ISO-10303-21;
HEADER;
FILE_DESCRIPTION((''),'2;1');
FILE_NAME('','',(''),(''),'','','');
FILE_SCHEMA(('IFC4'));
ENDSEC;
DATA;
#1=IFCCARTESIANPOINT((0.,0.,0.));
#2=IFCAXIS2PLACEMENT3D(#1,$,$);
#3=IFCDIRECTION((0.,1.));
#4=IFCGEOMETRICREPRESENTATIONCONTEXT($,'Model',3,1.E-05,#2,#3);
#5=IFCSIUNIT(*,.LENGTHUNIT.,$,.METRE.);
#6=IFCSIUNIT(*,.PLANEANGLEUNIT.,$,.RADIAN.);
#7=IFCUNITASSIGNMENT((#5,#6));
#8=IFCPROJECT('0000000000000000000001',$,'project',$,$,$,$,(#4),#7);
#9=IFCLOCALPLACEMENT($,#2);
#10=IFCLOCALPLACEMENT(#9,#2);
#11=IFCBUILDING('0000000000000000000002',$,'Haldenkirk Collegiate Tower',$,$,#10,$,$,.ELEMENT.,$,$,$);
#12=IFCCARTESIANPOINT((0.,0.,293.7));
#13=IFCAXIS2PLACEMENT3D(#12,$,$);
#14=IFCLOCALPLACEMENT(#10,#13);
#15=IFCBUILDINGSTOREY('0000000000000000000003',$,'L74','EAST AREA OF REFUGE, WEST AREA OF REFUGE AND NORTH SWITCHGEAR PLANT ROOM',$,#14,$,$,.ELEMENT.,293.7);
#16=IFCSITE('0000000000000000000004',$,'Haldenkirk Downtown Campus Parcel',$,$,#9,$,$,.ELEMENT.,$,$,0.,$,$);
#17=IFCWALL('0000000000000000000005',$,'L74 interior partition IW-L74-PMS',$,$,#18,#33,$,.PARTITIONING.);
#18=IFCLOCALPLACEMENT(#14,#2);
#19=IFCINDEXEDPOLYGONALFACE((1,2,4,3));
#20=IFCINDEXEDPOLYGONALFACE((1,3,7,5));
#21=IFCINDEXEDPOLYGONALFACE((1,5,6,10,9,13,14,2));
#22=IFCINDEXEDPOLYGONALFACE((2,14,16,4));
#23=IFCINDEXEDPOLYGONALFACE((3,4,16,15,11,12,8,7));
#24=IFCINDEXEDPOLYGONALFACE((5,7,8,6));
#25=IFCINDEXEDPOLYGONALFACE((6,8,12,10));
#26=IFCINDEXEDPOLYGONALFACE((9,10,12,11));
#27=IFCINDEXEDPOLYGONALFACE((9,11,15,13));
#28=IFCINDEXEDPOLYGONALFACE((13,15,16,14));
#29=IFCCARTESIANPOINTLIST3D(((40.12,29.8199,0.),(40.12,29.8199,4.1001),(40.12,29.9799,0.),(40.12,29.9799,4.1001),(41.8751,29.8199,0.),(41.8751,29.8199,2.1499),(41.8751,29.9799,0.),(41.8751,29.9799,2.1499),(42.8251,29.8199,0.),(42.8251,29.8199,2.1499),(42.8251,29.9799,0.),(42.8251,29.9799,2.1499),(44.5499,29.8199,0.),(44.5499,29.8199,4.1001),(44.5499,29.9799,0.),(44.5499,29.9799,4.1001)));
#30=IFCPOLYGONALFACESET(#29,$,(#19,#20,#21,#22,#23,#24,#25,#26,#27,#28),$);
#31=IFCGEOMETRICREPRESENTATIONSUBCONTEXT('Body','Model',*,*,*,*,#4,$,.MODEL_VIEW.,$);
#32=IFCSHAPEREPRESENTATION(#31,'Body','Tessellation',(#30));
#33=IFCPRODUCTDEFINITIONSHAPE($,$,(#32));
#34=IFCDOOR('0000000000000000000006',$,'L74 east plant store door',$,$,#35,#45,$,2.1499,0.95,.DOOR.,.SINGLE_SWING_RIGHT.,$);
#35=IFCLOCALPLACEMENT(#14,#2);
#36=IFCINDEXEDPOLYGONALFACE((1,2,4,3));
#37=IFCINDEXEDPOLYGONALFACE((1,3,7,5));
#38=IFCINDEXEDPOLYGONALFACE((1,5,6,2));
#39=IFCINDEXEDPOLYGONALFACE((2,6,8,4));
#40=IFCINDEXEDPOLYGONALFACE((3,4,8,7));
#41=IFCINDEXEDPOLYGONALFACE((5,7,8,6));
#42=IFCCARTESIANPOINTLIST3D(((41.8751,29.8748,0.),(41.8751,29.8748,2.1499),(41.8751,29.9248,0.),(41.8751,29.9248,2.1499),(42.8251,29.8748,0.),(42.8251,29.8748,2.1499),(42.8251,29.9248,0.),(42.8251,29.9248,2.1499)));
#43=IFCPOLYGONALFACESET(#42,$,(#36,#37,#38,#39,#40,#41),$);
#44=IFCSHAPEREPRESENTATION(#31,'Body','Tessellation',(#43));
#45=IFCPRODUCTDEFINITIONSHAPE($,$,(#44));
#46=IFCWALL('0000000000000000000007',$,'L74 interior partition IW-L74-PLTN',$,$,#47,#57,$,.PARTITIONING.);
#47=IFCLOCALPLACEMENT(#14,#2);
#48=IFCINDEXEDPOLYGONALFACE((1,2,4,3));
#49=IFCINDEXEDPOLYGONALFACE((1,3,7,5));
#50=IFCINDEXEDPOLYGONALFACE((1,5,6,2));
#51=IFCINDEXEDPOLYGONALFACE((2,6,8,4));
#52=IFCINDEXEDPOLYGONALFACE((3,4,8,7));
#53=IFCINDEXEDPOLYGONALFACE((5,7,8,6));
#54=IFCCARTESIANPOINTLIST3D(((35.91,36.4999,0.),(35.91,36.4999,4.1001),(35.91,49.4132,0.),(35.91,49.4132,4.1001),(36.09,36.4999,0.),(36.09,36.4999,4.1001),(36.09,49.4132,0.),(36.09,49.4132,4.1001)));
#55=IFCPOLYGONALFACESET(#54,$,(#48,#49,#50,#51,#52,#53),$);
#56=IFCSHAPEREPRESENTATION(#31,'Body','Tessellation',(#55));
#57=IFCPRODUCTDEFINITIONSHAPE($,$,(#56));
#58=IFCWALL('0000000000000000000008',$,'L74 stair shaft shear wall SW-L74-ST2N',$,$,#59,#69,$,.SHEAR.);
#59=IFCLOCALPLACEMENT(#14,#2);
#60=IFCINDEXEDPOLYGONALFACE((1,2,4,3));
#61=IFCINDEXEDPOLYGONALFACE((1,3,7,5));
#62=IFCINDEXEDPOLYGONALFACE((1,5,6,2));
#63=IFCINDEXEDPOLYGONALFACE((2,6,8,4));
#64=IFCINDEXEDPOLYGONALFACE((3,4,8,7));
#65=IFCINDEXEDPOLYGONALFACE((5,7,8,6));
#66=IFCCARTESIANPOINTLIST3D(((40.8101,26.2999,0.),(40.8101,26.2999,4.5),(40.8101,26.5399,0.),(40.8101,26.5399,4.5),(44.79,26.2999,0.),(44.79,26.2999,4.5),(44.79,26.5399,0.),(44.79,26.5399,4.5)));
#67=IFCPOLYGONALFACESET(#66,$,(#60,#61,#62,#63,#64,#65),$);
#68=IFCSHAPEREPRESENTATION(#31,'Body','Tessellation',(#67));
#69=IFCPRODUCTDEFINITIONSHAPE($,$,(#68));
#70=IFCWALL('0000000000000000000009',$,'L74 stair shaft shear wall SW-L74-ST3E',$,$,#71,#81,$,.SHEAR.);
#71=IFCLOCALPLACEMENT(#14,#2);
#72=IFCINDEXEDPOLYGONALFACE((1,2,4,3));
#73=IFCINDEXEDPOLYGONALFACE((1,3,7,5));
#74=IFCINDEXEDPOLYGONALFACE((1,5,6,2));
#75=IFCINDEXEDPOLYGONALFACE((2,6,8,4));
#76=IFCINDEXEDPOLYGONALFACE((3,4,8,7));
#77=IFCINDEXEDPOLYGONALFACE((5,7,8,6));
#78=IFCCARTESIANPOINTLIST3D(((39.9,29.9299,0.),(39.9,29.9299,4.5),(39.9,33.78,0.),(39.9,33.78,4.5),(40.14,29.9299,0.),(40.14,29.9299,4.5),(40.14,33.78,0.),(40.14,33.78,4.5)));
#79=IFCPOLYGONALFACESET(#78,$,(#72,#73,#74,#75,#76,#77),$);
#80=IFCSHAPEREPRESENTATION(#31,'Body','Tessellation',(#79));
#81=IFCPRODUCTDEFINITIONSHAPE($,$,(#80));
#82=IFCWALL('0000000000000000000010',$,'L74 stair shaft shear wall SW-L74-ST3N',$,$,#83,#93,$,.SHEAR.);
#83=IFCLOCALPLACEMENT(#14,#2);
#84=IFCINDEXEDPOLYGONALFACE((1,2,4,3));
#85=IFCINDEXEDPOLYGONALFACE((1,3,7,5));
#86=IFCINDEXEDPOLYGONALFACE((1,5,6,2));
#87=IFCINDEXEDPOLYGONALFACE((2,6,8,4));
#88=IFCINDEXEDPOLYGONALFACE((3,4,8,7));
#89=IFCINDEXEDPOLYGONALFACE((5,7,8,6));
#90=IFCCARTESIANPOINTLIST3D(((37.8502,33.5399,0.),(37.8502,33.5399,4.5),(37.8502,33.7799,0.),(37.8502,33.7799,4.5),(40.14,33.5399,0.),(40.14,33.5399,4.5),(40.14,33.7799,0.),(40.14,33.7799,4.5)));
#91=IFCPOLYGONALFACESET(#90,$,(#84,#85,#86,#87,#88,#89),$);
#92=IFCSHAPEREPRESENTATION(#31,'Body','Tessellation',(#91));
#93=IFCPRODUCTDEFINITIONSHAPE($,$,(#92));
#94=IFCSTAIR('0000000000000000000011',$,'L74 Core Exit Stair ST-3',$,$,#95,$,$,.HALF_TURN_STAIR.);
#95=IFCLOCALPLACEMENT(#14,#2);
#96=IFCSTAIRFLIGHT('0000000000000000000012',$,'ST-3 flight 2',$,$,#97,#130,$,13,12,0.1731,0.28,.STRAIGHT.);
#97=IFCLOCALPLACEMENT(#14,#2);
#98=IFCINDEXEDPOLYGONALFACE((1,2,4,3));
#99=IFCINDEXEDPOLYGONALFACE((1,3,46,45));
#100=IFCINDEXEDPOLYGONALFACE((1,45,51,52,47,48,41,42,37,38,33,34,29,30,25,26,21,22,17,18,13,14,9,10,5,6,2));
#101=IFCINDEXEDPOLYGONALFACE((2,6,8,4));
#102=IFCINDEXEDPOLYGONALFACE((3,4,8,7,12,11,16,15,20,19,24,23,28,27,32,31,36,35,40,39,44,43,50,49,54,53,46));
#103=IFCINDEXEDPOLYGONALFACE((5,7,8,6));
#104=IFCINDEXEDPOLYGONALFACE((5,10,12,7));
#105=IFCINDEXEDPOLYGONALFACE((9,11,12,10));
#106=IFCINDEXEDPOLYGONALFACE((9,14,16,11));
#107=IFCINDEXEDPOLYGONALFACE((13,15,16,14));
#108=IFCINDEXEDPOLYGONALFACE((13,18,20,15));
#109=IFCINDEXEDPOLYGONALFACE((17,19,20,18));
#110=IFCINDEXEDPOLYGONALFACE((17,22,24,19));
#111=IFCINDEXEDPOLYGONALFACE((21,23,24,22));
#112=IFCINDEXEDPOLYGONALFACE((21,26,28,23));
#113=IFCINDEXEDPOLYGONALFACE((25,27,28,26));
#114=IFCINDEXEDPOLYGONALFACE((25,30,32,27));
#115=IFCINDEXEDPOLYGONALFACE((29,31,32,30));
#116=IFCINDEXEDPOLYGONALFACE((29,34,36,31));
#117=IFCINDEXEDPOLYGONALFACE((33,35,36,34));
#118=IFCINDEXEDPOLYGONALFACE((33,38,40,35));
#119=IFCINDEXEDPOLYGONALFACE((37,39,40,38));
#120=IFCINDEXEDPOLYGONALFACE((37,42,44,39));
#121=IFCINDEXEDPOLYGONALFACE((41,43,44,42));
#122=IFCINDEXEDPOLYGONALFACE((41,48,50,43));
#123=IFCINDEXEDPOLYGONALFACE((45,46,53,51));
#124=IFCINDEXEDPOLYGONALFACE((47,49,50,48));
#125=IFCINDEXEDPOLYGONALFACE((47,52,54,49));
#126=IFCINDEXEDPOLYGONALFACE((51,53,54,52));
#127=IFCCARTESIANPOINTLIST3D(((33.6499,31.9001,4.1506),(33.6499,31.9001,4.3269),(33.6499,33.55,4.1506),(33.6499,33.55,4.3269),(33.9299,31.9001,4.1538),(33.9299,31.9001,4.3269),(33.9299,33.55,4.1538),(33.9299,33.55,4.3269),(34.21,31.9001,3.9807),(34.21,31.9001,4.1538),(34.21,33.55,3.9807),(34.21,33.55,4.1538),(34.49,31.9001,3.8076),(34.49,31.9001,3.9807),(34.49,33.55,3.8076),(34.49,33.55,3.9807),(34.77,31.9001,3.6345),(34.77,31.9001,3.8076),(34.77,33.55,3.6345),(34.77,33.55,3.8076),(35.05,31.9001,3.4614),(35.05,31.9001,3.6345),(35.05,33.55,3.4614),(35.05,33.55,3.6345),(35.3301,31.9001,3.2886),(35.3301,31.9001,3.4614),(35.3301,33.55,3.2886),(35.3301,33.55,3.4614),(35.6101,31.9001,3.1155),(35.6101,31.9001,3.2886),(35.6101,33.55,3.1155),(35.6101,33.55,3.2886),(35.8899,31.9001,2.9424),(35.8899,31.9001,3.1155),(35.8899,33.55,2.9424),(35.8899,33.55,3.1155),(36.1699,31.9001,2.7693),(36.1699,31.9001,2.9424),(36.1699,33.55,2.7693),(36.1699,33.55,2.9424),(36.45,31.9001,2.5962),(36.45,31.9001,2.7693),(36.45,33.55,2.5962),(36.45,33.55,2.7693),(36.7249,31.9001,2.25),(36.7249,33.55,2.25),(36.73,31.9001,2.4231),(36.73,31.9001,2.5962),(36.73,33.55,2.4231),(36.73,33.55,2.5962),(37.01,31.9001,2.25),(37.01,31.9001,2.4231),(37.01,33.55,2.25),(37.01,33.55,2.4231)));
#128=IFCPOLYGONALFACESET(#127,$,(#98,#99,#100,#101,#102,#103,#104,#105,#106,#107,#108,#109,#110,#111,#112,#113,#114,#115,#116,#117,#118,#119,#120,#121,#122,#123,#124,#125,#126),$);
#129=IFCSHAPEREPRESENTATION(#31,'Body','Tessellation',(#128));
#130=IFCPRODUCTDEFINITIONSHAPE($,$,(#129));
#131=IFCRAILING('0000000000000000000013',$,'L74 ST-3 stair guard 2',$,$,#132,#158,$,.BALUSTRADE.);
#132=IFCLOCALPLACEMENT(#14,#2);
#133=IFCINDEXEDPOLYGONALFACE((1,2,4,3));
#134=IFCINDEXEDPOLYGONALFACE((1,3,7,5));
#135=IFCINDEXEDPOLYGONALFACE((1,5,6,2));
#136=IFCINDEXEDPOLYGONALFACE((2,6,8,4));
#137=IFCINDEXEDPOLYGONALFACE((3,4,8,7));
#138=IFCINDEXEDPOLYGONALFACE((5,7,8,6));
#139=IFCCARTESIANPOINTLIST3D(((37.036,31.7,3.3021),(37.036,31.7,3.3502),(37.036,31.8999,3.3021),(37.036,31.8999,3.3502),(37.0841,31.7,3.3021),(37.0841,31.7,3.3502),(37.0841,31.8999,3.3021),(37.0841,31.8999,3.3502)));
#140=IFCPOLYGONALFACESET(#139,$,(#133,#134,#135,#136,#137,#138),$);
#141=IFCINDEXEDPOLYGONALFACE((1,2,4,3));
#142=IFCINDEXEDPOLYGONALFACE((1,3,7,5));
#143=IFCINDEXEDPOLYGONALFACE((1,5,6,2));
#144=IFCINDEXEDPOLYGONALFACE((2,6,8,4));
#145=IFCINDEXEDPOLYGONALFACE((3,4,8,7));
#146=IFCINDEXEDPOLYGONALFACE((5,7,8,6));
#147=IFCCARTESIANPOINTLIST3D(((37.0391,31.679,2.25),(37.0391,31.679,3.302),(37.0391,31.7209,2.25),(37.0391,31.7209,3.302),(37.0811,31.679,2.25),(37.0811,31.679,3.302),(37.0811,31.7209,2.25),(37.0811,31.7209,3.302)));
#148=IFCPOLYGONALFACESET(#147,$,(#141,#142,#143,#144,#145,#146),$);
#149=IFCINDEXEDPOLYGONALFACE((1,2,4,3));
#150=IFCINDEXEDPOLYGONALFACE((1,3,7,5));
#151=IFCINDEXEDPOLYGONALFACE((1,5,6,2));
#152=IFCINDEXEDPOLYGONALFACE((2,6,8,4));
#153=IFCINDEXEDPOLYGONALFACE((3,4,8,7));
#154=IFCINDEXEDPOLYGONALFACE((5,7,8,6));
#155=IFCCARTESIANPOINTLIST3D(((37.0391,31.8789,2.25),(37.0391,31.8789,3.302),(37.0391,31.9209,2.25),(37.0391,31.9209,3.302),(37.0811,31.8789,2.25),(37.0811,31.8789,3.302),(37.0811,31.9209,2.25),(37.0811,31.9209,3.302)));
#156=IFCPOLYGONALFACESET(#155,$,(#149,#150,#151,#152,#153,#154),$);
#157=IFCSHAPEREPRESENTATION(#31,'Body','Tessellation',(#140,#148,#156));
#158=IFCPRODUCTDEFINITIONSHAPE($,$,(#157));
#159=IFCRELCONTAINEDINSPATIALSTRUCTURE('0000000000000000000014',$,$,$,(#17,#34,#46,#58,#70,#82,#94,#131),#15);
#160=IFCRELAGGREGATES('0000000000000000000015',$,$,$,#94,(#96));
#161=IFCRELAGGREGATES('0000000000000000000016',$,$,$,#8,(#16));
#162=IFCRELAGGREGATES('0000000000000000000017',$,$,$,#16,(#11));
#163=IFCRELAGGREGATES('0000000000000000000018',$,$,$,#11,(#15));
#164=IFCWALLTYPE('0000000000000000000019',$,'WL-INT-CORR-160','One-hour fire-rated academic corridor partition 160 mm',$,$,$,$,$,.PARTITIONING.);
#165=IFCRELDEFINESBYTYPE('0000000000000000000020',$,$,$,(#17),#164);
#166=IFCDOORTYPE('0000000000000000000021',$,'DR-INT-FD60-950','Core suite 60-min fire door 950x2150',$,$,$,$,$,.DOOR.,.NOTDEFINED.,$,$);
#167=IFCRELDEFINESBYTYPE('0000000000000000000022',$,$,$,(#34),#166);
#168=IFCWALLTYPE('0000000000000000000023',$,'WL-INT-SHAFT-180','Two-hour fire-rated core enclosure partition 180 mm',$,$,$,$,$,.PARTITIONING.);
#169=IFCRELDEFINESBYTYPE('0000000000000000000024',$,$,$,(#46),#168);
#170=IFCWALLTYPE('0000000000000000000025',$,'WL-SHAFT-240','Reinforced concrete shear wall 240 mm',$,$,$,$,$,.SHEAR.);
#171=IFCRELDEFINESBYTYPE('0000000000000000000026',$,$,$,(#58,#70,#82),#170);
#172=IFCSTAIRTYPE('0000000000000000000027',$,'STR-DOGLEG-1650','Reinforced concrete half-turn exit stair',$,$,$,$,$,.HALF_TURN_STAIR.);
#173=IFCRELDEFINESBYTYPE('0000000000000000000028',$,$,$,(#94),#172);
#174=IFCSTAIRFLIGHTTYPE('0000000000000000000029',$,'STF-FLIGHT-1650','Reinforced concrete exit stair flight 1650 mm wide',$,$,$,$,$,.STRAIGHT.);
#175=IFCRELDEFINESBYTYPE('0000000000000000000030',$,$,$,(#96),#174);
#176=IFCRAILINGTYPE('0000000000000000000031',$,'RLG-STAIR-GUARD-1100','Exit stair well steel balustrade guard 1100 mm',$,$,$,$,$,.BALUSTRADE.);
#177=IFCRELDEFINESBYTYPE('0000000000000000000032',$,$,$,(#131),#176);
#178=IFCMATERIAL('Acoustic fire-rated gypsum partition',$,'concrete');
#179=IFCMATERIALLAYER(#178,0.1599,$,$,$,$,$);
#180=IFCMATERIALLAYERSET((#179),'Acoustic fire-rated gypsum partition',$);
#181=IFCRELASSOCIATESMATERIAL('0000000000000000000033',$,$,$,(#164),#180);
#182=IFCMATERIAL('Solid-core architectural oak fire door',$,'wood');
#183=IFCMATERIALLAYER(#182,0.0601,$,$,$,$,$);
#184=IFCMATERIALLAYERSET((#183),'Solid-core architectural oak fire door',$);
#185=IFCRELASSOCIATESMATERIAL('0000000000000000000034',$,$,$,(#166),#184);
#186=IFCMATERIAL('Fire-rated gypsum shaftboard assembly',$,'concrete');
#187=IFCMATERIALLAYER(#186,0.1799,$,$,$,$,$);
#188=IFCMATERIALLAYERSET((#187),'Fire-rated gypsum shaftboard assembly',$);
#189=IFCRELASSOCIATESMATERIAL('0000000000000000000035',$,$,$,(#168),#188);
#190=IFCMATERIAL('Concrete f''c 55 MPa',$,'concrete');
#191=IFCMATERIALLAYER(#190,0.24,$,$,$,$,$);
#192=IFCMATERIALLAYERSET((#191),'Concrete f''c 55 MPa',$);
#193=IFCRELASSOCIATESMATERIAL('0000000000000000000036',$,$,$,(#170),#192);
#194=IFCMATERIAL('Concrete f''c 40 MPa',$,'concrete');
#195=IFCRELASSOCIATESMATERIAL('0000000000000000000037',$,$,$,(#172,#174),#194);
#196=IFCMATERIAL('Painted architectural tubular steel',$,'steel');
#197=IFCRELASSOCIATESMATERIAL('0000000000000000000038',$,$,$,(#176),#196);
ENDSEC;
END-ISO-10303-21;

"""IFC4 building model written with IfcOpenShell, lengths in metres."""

from ifc_helpers import new_model, si_unit, direction, frame, frame_2d, origin, origin_2d, place, context, subcontext, project, spatial, polyline, rectangle, outline, extrude, material, layer, layer_set, type_object, element, fill, aggregate, save


model = new_model("IFC4")

# Units and contexts
model_context = context("Model", 3, precision=1e-05, world=origin(), true_north=direction((0.0, 1.0)))
body_context = subcontext(model_context, "Body", "Model", "MODEL_VIEW")
ifc_project = project(units=[si_unit("LENGTHUNIT", "METRE"), si_unit("PLANEANGLEUNIT", "RADIAN")], contexts=[model_context])

# Site, building, storey
site_placement = place(None, origin())
site = spatial("IfcSite", under=ifc_project, at=site_placement, Name="Haldenkirk Downtown Campus Parcel", CompositionType="ELEMENT", RefElevation=0.0)
building_placement = place(site_placement, origin())
building = spatial("IfcBuilding", under=site, at=building_placement, Name="Haldenkirk Collegiate Tower", CompositionType="ELEMENT")
storey_placement = place(building_placement, frame((0.0, 0.0, 293.7)))
storey = spatial("IfcBuildingStorey", under=building, at=storey_placement, Name="L74", Description="EAST AREA OF REFUGE, WEST AREA OF REFUGE AND NORTH SWITCHGEAR PLANT ROOM", CompositionType="ELEMENT", Elevation=293.7)

# Shared definitions
ifc_material_1 = material(Name="Acoustic fire-rated gypsum partition", Category="concrete")
ifc_layer_1 = layer(ifc_material_1, 0.1599)
ifc_layer_set_1 = layer_set([ifc_layer_1], Name="Acoustic fire-rated gypsum partition")
wall_type_1 = type_object("IfcWallType", Name="WL-INT-CORR-160", Description="One-hour fire-rated academic corridor partition 160 mm", PredefinedType="PARTITIONING", material=ifc_layer_set_1)
ifc_material_2 = material(Name="Solid-core architectural oak fire door", Category="wood")
ifc_layer_2 = layer(ifc_material_2, 0.0601)
ifc_layer_set_2 = layer_set([ifc_layer_2], Name="Solid-core architectural oak fire door")
door_type = type_object("IfcDoorType", Name="DR-INT-FD60-950", Description="Core suite 60-min fire door 950x2150", OperationType="NOTDEFINED", PredefinedType="DOOR", material=ifc_layer_set_2)

# Wall, opening, door
wall_1_placement = place(storey_placement, frame((40.1201, 29.8999, 0.0), z_axis=(0.0, 0.0, 1.0), x_axis=(1.0, 0.0, 0.0)))
wall_1 = element("IfcWall", 1, at=wall_1_placement, inside=storey, type_object=wall_type_1, Name="L74 interior partition IW-L74-PMS", PredefinedType="PARTITIONING", context=body_context, shape_type="SweptSolid", body=[
    extrude(rectangle(XDim=4.4299, YDim=0.1599, at=frame_2d((2.2148, 0.0))), origin(), (0.0, 0.0, 1.0), 4.1001),
])
opening_1_placement = place(wall_1_placement, frame((1.7549, 0.0, 0.0)))
opening_1 = element("IfcOpeningElement", 2, at=opening_1_placement, cuts=wall_1, PredefinedType="OPENING", context=body_context, shape_type="SweptSolid", body=[
    extrude(rectangle(XDim=0.95, YDim=2.1499, at=frame_2d((0.4751, 1.075))), frame((0.0, 0.0898, 0.0), z_axis=(0.0, -1.0, 0.0), x_axis=(1.0, 0.0, 0.0)), (0.0, 0.0, 1.0), 0.1799),
])
door_1_placement = place(opening_1_placement, origin())
door_1 = element("IfcDoor", 3, at=door_1_placement, inside=storey, type_object=door_type, Name="L74 east plant store door", OperationType="SINGLE_SWING_RIGHT", OverallHeight=2.1499, OverallWidth=0.95, PredefinedType="DOOR", context=body_context, shape_type="SweptSolid", body=[
    extrude(rectangle(XDim=0.95, YDim=2.1499, at=frame_2d((0.4751, 1.075))), frame((0.0, 0.0249, 0.0), z_axis=(0.0, -1.0, 0.0), x_axis=(1.0, 0.0, 0.0)), (0.0, 0.0, 1.0), 0.05),
])
fill(opening_1, door_1)

# Walls
ifc_material_3 = material(Name="Fire-rated gypsum shaftboard assembly", Category="concrete")
ifc_layer_3 = layer(ifc_material_3, 0.1799)
ifc_layer_set_3 = layer_set([ifc_layer_3], Name="Fire-rated gypsum shaftboard assembly")
wall_type_2 = type_object("IfcWallType", Name="WL-INT-SHAFT-180", Description="Two-hour fire-rated core enclosure partition 180 mm", PredefinedType="PARTITIONING", material=ifc_layer_set_3)
wall_2_placement = place(storey_placement, frame((36.0, 36.5, 0.0), z_axis=(0.0, 0.0, 1.0), x_axis=(0.0, 1.0, 0.0)))
element("IfcWall", 4, at=wall_2_placement, inside=storey, type_object=wall_type_2, Name="L74 interior partition IW-L74-PLTN", PredefinedType="PARTITIONING", context=body_context, shape_type="SweptSolid", body=[
    extrude(rectangle(XDim=12.9133, YDim=0.1799, at=frame_2d((6.4565, 0.0))), origin(), (0.0, 0.0, 1.0), 4.1001),
])
ifc_material_4 = material(Name="Concrete f'c 55 MPa", Category="concrete")
ifc_layer_4 = layer(ifc_material_4, 0.24)
ifc_layer_set_4 = layer_set([ifc_layer_4], Name="Concrete f'c 55 MPa")
wall_type_3 = type_object("IfcWallType", Name="WL-SHAFT-240", Description="Reinforced concrete shear wall 240 mm", PredefinedType="SHEAR", material=ifc_layer_set_4)
wall_3_placement = place(storey_placement, frame((40.8101, 26.4199, 0.0), z_axis=(0.0, 0.0, 1.0), x_axis=(1.0, 0.0, 0.0)))
element("IfcWall", 5, at=wall_3_placement, inside=storey, type_object=wall_type_3, Name="L74 stair shaft shear wall SW-L74-ST2N", PredefinedType="SHEAR", context=body_context, shape_type="SweptSolid", body=[
    extrude(rectangle(XDim=3.98, YDim=0.24, at=frame_2d((1.99, 0.0))), origin(), (0.0, 0.0, 1.0), 4.5),
])
wall_4_placement = place(storey_placement, frame((40.02, 29.9299, 0.0), z_axis=(0.0, 0.0, 1.0), x_axis=(0.0, 1.0, 0.0)))
element("IfcWall", 6, at=wall_4_placement, inside=storey, type_object=wall_type_3, Name="L74 stair shaft shear wall SW-L74-ST3E", PredefinedType="SHEAR", context=body_context, shape_type="SweptSolid", body=[
    extrude(rectangle(XDim=3.8501, YDim=0.24, at=frame_2d((1.925, 0.0))), origin(), (0.0, 0.0, 1.0), 4.5),
])
wall_5_placement = place(storey_placement, frame((37.8501, 33.6599, 0.0), z_axis=(0.0, 0.0, 1.0), x_axis=(1.0, 0.0, 0.0)))
element("IfcWall", 7, at=wall_5_placement, inside=storey, type_object=wall_type_3, Name="L74 stair shaft shear wall SW-L74-ST3N", PredefinedType="SHEAR", context=body_context, shape_type="SweptSolid", body=[
    extrude(rectangle(XDim=2.2898, YDim=0.24, at=frame_2d((1.145, 0.0))), origin(), (0.0, 0.0, 1.0), 4.5),
])

# Stair, stair flight
ifc_material_5 = material(Name="Concrete f'c 40 MPa", Category="concrete")
stair_type = type_object("IfcStairType", Name="STR-DOGLEG-1650", Description="Reinforced concrete half-turn exit stair", PredefinedType="HALF_TURN_STAIR", material=ifc_material_5)
stair_placement = place(storey_placement, origin())
stair = element("IfcStair", 8, at=stair_placement, inside=storey, type_object=stair_type, Name="L74 Core Exit Stair ST-3", PredefinedType="HALF_TURN_STAIR")
stair_flight_type = type_object("IfcStairFlightType", Name="STF-FLIGHT-1650", Description="Reinforced concrete exit stair flight 1650 mm wide", PredefinedType="STRAIGHT", material=ifc_material_5)
stair_flight_placement = place(storey_placement, frame((37.01, 32.7251, 2.25), z_axis=(0.0, 0.0, 1.0), x_axis=(-1.0, 0.0, 0.0)))
stair_flight = element("IfcStairFlight", 9, at=stair_flight_placement, type_object=stair_flight_type, Name="ST-3 flight 2", NumberOfRisers=13, NumberOfTreads=12, PredefinedType="STRAIGHT", RiserHeight=0.1731, TreadLength=0.28, context=body_context, shape_type="SweptSolid", body=[
    extrude(outline(polyline([(0.0, 0.0), (0.0, 0.1731), (0.28, 0.1731), (0.28, 0.3462), (0.5601, 0.3462), (0.5601, 0.5193), (0.8401, 0.5193), (0.8401, 0.6924), (1.1201, 0.6924), (1.1201, 0.8655), (1.3999, 0.8655), (1.3999, 1.0386), (1.6799, 1.0386), (1.6799, 1.2114), (1.96, 1.2114), (1.96, 1.3845), (2.24, 1.3845), (2.24, 1.5576), (2.52, 1.5576), (2.52, 1.7307), (2.8, 1.7307), (2.8, 1.9038), (3.0801, 1.9038), (3.0801, 2.0769), (3.3601, 2.0769), (3.3601, 2.25), (3.3601, 1.9006), (0.2852, 0.0), (0.0, 0.0)])), frame((0.0, 0.825, 0.0), z_axis=(0.0, -1.0, 0.0), x_axis=(1.0, 0.0, 0.0)), (0.0, 0.0, 1.0), 1.6499),
])
aggregate(stair, [stair_flight])

# Railing
ifc_material_6 = material(Name="Painted architectural tubular steel", Category="steel")
railing_type_1 = type_object("IfcRailingType", Name="RLG-STAIR-GUARD-1100", Description="Exit stair well steel balustrade guard 1100 mm", PredefinedType="BALUSTRADE", material=ifc_material_6)
railing_1_placement = place(storey_placement, frame((37.0601, 31.7, 2.25)))
element("IfcRailing", 10, at=railing_1_placement, inside=storey, type_object=railing_type_1, Name="L74 ST-3 stair guard 2", PredefinedType="BALUSTRADE", context=body_context, shape_type="SweptSolid", body=[
    extrude(rectangle(XDim=0.0481, YDim=0.0481, at=origin_2d()), frame((0.0, 0.0, 1.0762), z_axis=(0.0, 1.0, 0.0), x_axis=(-1.0, 0.0, 0.0)), (0.0, 0.0, 1.0), 0.2),
    extrude(rectangle(XDim=0.042, YDim=0.042, at=origin_2d()), origin(), (0.0, 0.0, 1.0), 1.052),
    extrude(rectangle(XDim=0.042, YDim=0.042, at=origin_2d()), frame((0.0, 0.2, 0.0)), (0.0, 0.0, 1.0), 1.052),
])

save(model, "model.ifc")
